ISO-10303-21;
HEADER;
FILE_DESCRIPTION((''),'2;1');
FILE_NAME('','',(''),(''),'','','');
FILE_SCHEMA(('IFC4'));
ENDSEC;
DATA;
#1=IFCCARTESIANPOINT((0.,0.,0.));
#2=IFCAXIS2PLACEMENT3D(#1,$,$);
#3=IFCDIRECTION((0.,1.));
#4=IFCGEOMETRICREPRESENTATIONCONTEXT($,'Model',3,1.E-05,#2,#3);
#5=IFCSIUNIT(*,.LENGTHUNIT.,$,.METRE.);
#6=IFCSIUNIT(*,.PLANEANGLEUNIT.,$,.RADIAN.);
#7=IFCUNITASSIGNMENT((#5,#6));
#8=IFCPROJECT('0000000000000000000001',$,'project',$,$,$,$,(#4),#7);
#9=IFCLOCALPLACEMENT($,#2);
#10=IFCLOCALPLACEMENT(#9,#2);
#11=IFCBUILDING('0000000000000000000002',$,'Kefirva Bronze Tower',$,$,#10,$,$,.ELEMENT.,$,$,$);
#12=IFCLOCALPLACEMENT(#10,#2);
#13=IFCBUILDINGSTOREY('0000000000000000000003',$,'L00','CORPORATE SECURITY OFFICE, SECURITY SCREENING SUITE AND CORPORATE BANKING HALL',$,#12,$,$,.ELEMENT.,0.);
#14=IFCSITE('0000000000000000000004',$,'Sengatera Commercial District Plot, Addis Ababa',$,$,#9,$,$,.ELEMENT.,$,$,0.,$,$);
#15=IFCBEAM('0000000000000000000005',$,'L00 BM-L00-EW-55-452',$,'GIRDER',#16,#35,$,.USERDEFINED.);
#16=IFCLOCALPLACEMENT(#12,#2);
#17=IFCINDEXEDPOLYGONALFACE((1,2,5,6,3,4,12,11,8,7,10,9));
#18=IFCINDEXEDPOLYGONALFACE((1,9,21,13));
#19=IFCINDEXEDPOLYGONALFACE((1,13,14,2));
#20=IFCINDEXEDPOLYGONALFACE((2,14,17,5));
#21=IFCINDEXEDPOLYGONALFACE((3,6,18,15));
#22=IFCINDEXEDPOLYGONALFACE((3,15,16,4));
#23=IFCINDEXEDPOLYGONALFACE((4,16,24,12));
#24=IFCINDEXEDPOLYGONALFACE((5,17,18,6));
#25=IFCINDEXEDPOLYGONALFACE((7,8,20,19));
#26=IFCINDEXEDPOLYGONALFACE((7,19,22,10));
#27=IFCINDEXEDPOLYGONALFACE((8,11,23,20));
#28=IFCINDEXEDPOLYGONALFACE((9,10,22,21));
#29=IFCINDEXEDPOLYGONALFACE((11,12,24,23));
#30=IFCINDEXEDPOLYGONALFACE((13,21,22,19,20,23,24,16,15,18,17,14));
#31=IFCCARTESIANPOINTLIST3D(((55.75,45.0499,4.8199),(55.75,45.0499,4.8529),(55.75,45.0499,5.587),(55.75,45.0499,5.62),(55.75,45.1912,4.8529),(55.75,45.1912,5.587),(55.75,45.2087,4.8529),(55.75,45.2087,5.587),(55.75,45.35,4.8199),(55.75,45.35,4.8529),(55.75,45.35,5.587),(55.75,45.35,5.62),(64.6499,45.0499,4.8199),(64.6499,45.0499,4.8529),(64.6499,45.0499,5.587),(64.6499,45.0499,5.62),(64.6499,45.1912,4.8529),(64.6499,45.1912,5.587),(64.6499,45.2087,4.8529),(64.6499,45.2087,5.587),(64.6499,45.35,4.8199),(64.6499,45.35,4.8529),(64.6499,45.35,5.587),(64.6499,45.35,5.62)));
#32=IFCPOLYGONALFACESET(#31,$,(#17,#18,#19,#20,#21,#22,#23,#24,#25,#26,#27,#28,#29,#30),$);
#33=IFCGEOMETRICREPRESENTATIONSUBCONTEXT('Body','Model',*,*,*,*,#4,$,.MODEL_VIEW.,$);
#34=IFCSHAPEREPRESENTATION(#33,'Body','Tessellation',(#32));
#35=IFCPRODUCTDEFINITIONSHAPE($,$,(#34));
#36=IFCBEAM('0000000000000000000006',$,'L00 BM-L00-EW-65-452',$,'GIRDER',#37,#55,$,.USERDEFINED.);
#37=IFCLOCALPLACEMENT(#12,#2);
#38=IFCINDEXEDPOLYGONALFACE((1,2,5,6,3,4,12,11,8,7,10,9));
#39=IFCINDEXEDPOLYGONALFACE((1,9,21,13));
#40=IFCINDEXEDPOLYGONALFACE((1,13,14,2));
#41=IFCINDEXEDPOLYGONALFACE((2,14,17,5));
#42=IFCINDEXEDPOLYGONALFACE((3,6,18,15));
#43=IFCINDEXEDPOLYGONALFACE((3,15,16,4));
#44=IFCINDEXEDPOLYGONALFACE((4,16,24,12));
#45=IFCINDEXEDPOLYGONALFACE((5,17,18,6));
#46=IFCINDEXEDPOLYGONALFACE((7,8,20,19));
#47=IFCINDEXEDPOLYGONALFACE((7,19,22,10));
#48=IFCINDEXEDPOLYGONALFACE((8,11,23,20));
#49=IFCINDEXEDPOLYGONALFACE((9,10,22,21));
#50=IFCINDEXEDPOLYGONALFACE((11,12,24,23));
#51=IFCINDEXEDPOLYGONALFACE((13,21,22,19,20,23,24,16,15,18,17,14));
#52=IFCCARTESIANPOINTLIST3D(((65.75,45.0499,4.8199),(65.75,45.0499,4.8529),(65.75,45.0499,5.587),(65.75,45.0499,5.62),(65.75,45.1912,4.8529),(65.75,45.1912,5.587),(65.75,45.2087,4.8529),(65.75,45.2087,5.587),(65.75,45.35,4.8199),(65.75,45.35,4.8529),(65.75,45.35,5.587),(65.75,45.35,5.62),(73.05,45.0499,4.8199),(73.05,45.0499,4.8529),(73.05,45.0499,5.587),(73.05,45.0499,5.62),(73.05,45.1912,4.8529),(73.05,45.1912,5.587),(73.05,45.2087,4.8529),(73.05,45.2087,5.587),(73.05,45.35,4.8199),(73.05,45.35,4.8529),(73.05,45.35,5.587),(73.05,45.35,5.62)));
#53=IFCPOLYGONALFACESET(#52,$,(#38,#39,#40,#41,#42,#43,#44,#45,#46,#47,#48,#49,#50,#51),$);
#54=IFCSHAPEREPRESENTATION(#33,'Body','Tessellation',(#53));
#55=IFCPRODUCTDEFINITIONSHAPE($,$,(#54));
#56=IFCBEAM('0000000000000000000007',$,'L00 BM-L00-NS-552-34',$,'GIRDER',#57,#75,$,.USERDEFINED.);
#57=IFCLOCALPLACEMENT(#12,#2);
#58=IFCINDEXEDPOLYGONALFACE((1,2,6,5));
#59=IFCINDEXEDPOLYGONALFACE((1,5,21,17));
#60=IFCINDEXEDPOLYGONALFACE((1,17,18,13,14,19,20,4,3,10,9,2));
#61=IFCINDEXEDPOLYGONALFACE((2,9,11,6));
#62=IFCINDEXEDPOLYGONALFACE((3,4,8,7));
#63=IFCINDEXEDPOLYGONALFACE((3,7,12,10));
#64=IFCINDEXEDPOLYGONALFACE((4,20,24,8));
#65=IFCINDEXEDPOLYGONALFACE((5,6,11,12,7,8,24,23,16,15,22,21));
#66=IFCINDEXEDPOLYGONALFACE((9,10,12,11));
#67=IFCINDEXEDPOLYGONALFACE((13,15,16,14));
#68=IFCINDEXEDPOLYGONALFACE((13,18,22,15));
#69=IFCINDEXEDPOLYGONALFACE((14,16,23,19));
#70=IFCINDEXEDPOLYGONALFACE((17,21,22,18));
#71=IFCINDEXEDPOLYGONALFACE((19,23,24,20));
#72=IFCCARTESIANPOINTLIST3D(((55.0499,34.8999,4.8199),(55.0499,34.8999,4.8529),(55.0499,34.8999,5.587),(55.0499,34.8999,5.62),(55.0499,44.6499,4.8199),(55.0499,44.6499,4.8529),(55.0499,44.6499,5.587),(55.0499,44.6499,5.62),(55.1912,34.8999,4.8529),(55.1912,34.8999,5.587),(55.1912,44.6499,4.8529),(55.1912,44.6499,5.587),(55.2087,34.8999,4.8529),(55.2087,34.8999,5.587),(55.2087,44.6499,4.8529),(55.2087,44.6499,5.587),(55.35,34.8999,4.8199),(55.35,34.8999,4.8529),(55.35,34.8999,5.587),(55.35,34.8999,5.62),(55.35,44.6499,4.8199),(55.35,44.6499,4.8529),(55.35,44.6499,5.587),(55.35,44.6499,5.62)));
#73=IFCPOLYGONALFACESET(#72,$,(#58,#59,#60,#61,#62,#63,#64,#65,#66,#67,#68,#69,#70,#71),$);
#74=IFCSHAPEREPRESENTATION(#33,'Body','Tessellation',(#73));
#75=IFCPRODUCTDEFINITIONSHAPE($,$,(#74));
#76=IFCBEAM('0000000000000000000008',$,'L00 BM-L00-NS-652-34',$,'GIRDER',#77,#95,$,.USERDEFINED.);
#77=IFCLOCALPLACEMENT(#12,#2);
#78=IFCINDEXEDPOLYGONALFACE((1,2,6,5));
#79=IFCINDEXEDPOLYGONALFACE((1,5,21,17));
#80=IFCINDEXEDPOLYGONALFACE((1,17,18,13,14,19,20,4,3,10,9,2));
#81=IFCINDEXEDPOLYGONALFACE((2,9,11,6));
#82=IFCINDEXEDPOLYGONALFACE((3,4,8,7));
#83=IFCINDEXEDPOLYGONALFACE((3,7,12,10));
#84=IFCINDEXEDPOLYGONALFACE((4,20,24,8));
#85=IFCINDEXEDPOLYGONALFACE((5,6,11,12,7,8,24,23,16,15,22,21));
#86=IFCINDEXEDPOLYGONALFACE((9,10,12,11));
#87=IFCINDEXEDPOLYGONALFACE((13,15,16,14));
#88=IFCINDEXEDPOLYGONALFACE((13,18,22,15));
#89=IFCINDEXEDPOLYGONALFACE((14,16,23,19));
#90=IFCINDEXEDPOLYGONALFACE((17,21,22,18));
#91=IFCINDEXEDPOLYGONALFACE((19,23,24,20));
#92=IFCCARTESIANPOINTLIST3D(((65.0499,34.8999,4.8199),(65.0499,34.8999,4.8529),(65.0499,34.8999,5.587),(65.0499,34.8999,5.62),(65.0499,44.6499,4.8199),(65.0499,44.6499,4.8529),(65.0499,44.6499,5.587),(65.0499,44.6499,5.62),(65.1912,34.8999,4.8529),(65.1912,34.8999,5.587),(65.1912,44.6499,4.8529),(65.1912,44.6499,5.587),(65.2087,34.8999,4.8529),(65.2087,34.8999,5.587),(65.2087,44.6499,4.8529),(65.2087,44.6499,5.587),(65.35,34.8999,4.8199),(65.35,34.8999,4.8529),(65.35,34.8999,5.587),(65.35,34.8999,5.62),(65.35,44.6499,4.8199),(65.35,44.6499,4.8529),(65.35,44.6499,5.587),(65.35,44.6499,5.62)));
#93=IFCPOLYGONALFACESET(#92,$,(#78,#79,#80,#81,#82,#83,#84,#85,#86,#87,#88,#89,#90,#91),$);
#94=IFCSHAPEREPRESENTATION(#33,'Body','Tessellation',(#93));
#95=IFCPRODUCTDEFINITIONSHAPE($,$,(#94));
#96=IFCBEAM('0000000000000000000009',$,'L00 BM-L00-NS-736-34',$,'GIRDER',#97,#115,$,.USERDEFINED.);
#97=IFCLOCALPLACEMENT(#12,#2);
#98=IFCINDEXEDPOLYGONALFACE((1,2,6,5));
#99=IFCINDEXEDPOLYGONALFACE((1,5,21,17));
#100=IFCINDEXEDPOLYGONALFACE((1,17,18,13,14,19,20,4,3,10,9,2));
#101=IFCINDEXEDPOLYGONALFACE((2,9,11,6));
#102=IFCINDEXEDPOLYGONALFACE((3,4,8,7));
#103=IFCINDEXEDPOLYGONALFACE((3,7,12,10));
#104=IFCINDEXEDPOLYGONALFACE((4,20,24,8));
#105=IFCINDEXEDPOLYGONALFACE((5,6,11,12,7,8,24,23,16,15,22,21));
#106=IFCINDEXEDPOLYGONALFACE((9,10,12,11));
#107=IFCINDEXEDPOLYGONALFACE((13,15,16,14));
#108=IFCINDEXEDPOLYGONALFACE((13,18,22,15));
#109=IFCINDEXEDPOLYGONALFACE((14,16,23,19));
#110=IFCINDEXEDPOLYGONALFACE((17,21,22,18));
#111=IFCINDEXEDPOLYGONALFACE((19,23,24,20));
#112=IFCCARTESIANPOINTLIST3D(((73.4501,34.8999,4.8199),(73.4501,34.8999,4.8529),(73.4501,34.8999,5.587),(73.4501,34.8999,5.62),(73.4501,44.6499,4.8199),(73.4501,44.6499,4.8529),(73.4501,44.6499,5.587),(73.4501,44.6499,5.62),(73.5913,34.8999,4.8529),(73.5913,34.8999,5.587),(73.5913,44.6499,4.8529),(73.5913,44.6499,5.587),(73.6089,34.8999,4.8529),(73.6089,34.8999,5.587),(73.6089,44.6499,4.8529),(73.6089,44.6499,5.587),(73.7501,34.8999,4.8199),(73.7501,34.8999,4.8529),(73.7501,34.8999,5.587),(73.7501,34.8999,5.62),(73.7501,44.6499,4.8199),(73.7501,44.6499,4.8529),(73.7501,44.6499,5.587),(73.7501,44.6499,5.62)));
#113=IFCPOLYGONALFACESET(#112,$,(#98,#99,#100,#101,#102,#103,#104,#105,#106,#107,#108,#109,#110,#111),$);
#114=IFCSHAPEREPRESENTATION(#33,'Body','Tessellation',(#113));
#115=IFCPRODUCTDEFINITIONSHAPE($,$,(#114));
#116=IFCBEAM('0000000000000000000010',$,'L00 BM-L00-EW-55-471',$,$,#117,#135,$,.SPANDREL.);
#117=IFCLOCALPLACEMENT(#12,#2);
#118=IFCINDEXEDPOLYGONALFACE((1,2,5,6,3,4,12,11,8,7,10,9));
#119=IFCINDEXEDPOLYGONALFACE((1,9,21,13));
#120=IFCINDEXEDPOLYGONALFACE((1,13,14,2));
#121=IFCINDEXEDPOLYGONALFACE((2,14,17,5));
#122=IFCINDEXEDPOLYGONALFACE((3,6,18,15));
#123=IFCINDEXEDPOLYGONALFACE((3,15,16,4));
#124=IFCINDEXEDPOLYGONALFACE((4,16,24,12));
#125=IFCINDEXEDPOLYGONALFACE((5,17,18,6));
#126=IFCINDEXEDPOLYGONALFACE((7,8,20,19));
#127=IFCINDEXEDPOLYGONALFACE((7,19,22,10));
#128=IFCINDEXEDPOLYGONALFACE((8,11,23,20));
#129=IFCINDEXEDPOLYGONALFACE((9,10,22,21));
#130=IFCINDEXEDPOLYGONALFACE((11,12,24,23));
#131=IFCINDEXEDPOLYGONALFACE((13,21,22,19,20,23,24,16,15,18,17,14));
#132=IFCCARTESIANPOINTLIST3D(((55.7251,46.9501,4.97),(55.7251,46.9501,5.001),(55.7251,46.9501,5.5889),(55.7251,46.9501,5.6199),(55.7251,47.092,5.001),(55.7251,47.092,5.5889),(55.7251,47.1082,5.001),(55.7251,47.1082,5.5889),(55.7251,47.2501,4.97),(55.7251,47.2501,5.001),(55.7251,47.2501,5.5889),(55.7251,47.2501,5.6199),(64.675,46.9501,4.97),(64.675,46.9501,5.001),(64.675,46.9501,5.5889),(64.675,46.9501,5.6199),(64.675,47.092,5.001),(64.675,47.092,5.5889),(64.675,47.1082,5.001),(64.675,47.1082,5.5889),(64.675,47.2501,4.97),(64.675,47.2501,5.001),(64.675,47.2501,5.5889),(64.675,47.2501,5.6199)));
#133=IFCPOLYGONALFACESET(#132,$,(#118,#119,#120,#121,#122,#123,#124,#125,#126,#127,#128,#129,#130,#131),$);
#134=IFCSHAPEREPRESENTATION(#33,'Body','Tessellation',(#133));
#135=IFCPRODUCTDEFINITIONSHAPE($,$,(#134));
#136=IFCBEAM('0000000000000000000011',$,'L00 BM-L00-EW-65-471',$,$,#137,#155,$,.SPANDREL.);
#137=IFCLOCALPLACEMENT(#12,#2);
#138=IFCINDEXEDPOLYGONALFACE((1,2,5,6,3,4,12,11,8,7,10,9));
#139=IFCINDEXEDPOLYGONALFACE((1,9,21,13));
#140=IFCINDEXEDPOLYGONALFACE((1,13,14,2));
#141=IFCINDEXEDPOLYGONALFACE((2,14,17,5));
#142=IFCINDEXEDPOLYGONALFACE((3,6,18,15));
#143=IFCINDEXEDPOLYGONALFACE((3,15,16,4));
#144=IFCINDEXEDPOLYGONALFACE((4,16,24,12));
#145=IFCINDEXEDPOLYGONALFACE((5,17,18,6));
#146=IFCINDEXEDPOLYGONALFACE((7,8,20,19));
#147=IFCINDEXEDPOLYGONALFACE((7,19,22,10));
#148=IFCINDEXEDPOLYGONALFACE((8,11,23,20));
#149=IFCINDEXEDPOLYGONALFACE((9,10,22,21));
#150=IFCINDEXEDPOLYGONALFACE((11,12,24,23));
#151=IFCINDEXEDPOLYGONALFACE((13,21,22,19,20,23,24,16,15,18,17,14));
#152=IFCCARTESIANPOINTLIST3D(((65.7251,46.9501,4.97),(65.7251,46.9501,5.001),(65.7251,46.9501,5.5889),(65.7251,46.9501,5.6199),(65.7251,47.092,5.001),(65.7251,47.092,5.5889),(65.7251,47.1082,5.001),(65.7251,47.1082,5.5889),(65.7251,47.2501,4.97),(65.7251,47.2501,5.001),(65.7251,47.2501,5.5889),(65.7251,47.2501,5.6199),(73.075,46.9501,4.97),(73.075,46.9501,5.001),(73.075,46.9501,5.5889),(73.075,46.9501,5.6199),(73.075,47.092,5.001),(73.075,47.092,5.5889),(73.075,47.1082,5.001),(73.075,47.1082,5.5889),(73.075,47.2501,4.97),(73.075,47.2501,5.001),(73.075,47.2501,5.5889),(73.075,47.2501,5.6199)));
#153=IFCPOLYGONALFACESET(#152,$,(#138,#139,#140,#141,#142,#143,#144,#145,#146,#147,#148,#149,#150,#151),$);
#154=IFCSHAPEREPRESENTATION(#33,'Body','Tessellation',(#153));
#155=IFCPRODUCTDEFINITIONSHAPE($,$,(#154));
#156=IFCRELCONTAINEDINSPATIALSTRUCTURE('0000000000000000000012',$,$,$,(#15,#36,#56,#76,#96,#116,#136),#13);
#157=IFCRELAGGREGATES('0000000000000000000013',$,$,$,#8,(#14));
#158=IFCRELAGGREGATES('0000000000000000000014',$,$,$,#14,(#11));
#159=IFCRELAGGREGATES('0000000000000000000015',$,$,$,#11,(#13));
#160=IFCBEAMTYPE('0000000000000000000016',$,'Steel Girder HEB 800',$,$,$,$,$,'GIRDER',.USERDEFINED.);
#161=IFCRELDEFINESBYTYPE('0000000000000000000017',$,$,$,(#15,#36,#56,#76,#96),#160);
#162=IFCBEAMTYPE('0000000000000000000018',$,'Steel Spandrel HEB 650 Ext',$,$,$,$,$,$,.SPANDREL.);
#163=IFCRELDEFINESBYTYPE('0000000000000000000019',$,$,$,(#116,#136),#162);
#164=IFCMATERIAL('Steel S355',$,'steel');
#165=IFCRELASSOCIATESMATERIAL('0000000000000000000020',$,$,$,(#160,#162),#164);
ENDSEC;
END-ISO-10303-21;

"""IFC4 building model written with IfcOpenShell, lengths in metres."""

from ifc_helpers import new_model, si_unit, direction, frame, origin, origin_2d, place, context, subcontext, project, spatial, i_section, extrude, material, material_profile, profile_set, type_object, element, save


model = new_model("IFC4")

# Units and contexts
model_context = context("Model", 3, precision=1e-05, world=origin(), true_north=direction((0.0, 1.0)))
body_context = subcontext(model_context, "Body", "Model", "MODEL_VIEW")
ifc_project = project(units=[si_unit("LENGTHUNIT", "METRE"), si_unit("PLANEANGLEUNIT", "RADIAN")], contexts=[model_context])

# Site, building, storey
site_placement = place(None, origin())
site = spatial("IfcSite", under=ifc_project, at=site_placement, Name="Sengatera Commercial District Plot, Addis Ababa", CompositionType="ELEMENT", RefElevation=0.0)
building_placement = place(site_placement, origin())
building = spatial("IfcBuilding", under=site, at=building_placement, Name="Kefirva Bronze Tower", CompositionType="ELEMENT")
storey_placement = place(building_placement, origin())
storey = spatial("IfcBuildingStorey", under=building, at=storey_placement, Name="L00", Description="CORPORATE SECURITY OFFICE, SECURITY SCREENING SUITE AND CORPORATE BANKING HALL", CompositionType="ELEMENT", Elevation=0.0)

# Beams
ifc_material_1 = material(Name="Steel S355", Category="steel")
ifc_material_profile_1 = material_profile(ifc_material_1, i_section(OverallWidth=0.3, OverallDepth=0.8, WebThickness=0.0176, FlangeThickness=0.033, at=origin_2d()), Name="HEB 800")
ifc_profile_set_1 = profile_set([ifc_material_profile_1], Name="Steel S355")
beam_type_1 = type_object("IfcBeamType", Name="Steel Girder HEB 800", ElementType="GIRDER", PredefinedType="USERDEFINED", material=ifc_profile_set_1)
beam_1_placement = place(storey_placement, frame((55.75, 45.2, 5.22), z_axis=(1.0, 0.0, 0.0), x_axis=(0.0, 1.0, 0.0)))
element("IfcBeam", 1, at=beam_1_placement, inside=storey, type_object=beam_type_1, Name="L00 BM-L00-EW-55-452", ObjectType="GIRDER", PredefinedType="USERDEFINED", context=body_context, shape_type="SweptSolid", body=[
    extrude(i_section(OverallWidth=0.3, OverallDepth=0.8, WebThickness=0.0176, FlangeThickness=0.033, at=origin_2d()), origin(), (0.0, 0.0, 1.0), 8.8999),
])
beam_2_placement = place(storey_placement, frame((65.75, 45.2, 5.22), z_axis=(1.0, 0.0, 0.0), x_axis=(0.0, 1.0, 0.0)))
element("IfcBeam", 2, at=beam_2_placement, inside=storey, type_object=beam_type_1, Name="L00 BM-L00-EW-65-452", ObjectType="GIRDER", PredefinedType="USERDEFINED", context=body_context, shape_type="SweptSolid", body=[
    extrude(i_section(OverallWidth=0.3, OverallDepth=0.8, WebThickness=0.0176, FlangeThickness=0.033, at=origin_2d()), origin(), (0.0, 0.0, 1.0), 7.3),
])
for number, where, z_axis, x_axis, name in (
    (3, (55.2, 34.8999, 5.22), (0.0, 1.0, 0.0), (-1.0, 0.0, 0.0), "L00 BM-L00-NS-552-34"),
    (4, (65.2, 34.8999, 5.22), (0.0, 1.0, 0.0), (-1.0, 0.0, 0.0), "L00 BM-L00-NS-652-34"),
    (5, (73.6001, 34.8999, 5.22), (0.0, 1.0, 0.0), (-1.0, 0.0, 0.0), "L00 BM-L00-NS-736-34"),
):
    element("IfcBeam", number, at=place(storey_placement, frame(where, z_axis=z_axis, x_axis=x_axis)), inside=storey, type_object=beam_type_1, Name=name, ObjectType="GIRDER", PredefinedType="USERDEFINED", context=body_context, shape_type="SweptSolid", body=[
        extrude(i_section(OverallWidth=0.3, OverallDepth=0.8, WebThickness=0.0176, FlangeThickness=0.033, at=origin_2d()), origin(), (0.0, 0.0, 1.0), 9.75),
    ])
ifc_material_profile_2 = material_profile(ifc_material_1, i_section(OverallWidth=0.3, OverallDepth=0.6499, WebThickness=0.0161, FlangeThickness=0.031, at=origin_2d()), Name="HEB 650")
ifc_profile_set_2 = profile_set([ifc_material_profile_2], Name="Steel S355")
beam_type_2 = type_object("IfcBeamType", Name="Steel Spandrel HEB 650 Ext", PredefinedType="SPANDREL", material=ifc_profile_set_2)
beam_3_placement = place(storey_placement, frame((55.7251, 47.1001, 5.2949), z_axis=(1.0, 0.0, 0.0), x_axis=(0.0, 1.0, 0.0)))
element("IfcBeam", 6, at=beam_3_placement, inside=storey, type_object=beam_type_2, Name="L00 BM-L00-EW-55-471", PredefinedType="SPANDREL", context=body_context, shape_type="SweptSolid", body=[
    extrude(i_section(OverallWidth=0.3, OverallDepth=0.6499, WebThickness=0.0161, FlangeThickness=0.031, at=origin_2d()), origin(), (0.0, 0.0, 1.0), 8.95),
])
beam_4_placement = place(storey_placement, frame((65.7251, 47.1001, 5.2949), z_axis=(1.0, 0.0, 0.0), x_axis=(0.0, 1.0, 0.0)))
element("IfcBeam", 7, at=beam_4_placement, inside=storey, type_object=beam_type_2, Name="L00 BM-L00-EW-65-471", PredefinedType="SPANDREL", context=body_context, shape_type="SweptSolid", body=[
    extrude(i_section(OverallWidth=0.3, OverallDepth=0.6499, WebThickness=0.0161, FlangeThickness=0.031, at=origin_2d()), origin(), (0.0, 0.0, 1.0), 7.3499),
])

save(model, "model.ifc")
